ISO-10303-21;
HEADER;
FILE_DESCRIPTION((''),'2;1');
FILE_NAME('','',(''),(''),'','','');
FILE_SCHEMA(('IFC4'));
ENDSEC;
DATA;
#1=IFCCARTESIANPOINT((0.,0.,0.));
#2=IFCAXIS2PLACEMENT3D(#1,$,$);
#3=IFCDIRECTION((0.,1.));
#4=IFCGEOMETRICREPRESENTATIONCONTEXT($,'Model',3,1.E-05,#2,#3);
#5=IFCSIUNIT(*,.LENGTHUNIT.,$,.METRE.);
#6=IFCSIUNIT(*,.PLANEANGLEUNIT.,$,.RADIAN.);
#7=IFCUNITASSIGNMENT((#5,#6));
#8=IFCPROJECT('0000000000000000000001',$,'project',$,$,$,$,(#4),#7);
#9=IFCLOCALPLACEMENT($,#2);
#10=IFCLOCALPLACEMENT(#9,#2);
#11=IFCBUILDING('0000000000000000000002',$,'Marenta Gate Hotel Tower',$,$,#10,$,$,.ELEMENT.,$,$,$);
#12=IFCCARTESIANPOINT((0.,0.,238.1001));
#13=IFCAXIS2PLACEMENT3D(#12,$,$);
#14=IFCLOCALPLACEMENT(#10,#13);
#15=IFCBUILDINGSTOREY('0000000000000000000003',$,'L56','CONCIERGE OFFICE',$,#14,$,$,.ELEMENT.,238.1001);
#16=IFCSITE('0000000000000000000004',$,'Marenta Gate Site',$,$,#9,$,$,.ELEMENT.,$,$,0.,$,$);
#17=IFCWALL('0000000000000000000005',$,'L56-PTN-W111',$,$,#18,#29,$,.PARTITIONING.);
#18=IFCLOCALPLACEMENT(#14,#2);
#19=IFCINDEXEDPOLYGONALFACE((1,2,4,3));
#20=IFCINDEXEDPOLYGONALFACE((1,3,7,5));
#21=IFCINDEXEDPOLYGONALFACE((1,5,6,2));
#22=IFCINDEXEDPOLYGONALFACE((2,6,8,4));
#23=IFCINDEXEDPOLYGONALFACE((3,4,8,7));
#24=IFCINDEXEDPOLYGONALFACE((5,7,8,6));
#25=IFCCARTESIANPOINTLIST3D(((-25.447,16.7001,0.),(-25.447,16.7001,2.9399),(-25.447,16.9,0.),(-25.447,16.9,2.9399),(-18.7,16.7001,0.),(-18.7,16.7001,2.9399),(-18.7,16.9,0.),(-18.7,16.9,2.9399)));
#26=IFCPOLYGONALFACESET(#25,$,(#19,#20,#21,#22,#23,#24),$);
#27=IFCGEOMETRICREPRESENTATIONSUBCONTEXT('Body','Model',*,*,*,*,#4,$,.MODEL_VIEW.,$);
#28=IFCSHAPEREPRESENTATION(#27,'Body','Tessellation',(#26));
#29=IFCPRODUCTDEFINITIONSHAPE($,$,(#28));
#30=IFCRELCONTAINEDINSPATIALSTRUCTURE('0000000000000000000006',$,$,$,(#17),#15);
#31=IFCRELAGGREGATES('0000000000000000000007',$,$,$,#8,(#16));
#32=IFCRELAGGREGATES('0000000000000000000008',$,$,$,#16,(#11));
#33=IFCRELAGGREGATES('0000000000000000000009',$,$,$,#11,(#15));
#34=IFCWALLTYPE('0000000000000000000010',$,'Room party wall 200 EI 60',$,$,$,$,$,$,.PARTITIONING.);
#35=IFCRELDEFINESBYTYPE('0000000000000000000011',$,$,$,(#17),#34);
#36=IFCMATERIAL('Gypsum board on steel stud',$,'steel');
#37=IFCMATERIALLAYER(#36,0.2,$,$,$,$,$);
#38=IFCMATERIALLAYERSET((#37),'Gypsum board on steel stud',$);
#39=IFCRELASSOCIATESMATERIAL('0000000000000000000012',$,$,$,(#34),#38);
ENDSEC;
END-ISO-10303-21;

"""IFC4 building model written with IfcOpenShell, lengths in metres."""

from ifc_helpers import new_model, si_unit, direction, frame, frame_2d, origin, place, context, subcontext, project, spatial, rectangle, extrude, material, layer, layer_set, type_object, element, save


model = new_model("IFC4")

# Units and contexts
model_context = context("Model", 3, precision=1e-05, world=origin(), true_north=direction((0.0, 1.0)))
body_context = subcontext(model_context, "Body", "Model", "MODEL_VIEW")
ifc_project = project(units=[si_unit("LENGTHUNIT", "METRE"), si_unit("PLANEANGLEUNIT", "RADIAN")], contexts=[model_context])

# Site, building, storey
site_placement = place(None, origin())
site = spatial("IfcSite", under=ifc_project, at=site_placement, Name="Marenta Gate Site", CompositionType="ELEMENT", RefElevation=0.0)
building_placement = place(site_placement, origin())
building = spatial("IfcBuilding", under=site, at=building_placement, Name="Marenta Gate Hotel Tower", CompositionType="ELEMENT")
storey_placement = place(building_placement, frame((0.0, 0.0, 238.1001)))
storey = spatial("IfcBuildingStorey", under=building, at=storey_placement, Name="L56", Description="CONCIERGE OFFICE", CompositionType="ELEMENT", Elevation=238.1001)

# Wall
ifc_material_1 = material(Name="Gypsum board on steel stud", Category="steel")
ifc_layer_1 = layer(ifc_material_1, 0.2)
ifc_layer_set_1 = layer_set([ifc_layer_1], Name="Gypsum board on steel stud")
wall_type_1 = type_object("IfcWallType", Name="Room party wall 200 EI 60", PredefinedType="PARTITIONING", material=ifc_layer_set_1)
wall_1_placement = place(storey_placement, frame((-25.447, 16.8, 0.0), z_axis=(0.0, 0.0, 1.0), x_axis=(1.0, 0.0, 0.0)))
element("IfcWall", 1, at=wall_1_placement, inside=storey, type_object=wall_type_1, Name="L56-PTN-W111", PredefinedType="PARTITIONING", context=body_context, shape_type="SweptSolid", body=[
    extrude(rectangle(XDim=6.7471, YDim=0.2, at=frame_2d((3.3735, 0.0))), origin(), (0.0, 0.0, 1.0), 2.9399),
])

save(model, "model.ifc")
